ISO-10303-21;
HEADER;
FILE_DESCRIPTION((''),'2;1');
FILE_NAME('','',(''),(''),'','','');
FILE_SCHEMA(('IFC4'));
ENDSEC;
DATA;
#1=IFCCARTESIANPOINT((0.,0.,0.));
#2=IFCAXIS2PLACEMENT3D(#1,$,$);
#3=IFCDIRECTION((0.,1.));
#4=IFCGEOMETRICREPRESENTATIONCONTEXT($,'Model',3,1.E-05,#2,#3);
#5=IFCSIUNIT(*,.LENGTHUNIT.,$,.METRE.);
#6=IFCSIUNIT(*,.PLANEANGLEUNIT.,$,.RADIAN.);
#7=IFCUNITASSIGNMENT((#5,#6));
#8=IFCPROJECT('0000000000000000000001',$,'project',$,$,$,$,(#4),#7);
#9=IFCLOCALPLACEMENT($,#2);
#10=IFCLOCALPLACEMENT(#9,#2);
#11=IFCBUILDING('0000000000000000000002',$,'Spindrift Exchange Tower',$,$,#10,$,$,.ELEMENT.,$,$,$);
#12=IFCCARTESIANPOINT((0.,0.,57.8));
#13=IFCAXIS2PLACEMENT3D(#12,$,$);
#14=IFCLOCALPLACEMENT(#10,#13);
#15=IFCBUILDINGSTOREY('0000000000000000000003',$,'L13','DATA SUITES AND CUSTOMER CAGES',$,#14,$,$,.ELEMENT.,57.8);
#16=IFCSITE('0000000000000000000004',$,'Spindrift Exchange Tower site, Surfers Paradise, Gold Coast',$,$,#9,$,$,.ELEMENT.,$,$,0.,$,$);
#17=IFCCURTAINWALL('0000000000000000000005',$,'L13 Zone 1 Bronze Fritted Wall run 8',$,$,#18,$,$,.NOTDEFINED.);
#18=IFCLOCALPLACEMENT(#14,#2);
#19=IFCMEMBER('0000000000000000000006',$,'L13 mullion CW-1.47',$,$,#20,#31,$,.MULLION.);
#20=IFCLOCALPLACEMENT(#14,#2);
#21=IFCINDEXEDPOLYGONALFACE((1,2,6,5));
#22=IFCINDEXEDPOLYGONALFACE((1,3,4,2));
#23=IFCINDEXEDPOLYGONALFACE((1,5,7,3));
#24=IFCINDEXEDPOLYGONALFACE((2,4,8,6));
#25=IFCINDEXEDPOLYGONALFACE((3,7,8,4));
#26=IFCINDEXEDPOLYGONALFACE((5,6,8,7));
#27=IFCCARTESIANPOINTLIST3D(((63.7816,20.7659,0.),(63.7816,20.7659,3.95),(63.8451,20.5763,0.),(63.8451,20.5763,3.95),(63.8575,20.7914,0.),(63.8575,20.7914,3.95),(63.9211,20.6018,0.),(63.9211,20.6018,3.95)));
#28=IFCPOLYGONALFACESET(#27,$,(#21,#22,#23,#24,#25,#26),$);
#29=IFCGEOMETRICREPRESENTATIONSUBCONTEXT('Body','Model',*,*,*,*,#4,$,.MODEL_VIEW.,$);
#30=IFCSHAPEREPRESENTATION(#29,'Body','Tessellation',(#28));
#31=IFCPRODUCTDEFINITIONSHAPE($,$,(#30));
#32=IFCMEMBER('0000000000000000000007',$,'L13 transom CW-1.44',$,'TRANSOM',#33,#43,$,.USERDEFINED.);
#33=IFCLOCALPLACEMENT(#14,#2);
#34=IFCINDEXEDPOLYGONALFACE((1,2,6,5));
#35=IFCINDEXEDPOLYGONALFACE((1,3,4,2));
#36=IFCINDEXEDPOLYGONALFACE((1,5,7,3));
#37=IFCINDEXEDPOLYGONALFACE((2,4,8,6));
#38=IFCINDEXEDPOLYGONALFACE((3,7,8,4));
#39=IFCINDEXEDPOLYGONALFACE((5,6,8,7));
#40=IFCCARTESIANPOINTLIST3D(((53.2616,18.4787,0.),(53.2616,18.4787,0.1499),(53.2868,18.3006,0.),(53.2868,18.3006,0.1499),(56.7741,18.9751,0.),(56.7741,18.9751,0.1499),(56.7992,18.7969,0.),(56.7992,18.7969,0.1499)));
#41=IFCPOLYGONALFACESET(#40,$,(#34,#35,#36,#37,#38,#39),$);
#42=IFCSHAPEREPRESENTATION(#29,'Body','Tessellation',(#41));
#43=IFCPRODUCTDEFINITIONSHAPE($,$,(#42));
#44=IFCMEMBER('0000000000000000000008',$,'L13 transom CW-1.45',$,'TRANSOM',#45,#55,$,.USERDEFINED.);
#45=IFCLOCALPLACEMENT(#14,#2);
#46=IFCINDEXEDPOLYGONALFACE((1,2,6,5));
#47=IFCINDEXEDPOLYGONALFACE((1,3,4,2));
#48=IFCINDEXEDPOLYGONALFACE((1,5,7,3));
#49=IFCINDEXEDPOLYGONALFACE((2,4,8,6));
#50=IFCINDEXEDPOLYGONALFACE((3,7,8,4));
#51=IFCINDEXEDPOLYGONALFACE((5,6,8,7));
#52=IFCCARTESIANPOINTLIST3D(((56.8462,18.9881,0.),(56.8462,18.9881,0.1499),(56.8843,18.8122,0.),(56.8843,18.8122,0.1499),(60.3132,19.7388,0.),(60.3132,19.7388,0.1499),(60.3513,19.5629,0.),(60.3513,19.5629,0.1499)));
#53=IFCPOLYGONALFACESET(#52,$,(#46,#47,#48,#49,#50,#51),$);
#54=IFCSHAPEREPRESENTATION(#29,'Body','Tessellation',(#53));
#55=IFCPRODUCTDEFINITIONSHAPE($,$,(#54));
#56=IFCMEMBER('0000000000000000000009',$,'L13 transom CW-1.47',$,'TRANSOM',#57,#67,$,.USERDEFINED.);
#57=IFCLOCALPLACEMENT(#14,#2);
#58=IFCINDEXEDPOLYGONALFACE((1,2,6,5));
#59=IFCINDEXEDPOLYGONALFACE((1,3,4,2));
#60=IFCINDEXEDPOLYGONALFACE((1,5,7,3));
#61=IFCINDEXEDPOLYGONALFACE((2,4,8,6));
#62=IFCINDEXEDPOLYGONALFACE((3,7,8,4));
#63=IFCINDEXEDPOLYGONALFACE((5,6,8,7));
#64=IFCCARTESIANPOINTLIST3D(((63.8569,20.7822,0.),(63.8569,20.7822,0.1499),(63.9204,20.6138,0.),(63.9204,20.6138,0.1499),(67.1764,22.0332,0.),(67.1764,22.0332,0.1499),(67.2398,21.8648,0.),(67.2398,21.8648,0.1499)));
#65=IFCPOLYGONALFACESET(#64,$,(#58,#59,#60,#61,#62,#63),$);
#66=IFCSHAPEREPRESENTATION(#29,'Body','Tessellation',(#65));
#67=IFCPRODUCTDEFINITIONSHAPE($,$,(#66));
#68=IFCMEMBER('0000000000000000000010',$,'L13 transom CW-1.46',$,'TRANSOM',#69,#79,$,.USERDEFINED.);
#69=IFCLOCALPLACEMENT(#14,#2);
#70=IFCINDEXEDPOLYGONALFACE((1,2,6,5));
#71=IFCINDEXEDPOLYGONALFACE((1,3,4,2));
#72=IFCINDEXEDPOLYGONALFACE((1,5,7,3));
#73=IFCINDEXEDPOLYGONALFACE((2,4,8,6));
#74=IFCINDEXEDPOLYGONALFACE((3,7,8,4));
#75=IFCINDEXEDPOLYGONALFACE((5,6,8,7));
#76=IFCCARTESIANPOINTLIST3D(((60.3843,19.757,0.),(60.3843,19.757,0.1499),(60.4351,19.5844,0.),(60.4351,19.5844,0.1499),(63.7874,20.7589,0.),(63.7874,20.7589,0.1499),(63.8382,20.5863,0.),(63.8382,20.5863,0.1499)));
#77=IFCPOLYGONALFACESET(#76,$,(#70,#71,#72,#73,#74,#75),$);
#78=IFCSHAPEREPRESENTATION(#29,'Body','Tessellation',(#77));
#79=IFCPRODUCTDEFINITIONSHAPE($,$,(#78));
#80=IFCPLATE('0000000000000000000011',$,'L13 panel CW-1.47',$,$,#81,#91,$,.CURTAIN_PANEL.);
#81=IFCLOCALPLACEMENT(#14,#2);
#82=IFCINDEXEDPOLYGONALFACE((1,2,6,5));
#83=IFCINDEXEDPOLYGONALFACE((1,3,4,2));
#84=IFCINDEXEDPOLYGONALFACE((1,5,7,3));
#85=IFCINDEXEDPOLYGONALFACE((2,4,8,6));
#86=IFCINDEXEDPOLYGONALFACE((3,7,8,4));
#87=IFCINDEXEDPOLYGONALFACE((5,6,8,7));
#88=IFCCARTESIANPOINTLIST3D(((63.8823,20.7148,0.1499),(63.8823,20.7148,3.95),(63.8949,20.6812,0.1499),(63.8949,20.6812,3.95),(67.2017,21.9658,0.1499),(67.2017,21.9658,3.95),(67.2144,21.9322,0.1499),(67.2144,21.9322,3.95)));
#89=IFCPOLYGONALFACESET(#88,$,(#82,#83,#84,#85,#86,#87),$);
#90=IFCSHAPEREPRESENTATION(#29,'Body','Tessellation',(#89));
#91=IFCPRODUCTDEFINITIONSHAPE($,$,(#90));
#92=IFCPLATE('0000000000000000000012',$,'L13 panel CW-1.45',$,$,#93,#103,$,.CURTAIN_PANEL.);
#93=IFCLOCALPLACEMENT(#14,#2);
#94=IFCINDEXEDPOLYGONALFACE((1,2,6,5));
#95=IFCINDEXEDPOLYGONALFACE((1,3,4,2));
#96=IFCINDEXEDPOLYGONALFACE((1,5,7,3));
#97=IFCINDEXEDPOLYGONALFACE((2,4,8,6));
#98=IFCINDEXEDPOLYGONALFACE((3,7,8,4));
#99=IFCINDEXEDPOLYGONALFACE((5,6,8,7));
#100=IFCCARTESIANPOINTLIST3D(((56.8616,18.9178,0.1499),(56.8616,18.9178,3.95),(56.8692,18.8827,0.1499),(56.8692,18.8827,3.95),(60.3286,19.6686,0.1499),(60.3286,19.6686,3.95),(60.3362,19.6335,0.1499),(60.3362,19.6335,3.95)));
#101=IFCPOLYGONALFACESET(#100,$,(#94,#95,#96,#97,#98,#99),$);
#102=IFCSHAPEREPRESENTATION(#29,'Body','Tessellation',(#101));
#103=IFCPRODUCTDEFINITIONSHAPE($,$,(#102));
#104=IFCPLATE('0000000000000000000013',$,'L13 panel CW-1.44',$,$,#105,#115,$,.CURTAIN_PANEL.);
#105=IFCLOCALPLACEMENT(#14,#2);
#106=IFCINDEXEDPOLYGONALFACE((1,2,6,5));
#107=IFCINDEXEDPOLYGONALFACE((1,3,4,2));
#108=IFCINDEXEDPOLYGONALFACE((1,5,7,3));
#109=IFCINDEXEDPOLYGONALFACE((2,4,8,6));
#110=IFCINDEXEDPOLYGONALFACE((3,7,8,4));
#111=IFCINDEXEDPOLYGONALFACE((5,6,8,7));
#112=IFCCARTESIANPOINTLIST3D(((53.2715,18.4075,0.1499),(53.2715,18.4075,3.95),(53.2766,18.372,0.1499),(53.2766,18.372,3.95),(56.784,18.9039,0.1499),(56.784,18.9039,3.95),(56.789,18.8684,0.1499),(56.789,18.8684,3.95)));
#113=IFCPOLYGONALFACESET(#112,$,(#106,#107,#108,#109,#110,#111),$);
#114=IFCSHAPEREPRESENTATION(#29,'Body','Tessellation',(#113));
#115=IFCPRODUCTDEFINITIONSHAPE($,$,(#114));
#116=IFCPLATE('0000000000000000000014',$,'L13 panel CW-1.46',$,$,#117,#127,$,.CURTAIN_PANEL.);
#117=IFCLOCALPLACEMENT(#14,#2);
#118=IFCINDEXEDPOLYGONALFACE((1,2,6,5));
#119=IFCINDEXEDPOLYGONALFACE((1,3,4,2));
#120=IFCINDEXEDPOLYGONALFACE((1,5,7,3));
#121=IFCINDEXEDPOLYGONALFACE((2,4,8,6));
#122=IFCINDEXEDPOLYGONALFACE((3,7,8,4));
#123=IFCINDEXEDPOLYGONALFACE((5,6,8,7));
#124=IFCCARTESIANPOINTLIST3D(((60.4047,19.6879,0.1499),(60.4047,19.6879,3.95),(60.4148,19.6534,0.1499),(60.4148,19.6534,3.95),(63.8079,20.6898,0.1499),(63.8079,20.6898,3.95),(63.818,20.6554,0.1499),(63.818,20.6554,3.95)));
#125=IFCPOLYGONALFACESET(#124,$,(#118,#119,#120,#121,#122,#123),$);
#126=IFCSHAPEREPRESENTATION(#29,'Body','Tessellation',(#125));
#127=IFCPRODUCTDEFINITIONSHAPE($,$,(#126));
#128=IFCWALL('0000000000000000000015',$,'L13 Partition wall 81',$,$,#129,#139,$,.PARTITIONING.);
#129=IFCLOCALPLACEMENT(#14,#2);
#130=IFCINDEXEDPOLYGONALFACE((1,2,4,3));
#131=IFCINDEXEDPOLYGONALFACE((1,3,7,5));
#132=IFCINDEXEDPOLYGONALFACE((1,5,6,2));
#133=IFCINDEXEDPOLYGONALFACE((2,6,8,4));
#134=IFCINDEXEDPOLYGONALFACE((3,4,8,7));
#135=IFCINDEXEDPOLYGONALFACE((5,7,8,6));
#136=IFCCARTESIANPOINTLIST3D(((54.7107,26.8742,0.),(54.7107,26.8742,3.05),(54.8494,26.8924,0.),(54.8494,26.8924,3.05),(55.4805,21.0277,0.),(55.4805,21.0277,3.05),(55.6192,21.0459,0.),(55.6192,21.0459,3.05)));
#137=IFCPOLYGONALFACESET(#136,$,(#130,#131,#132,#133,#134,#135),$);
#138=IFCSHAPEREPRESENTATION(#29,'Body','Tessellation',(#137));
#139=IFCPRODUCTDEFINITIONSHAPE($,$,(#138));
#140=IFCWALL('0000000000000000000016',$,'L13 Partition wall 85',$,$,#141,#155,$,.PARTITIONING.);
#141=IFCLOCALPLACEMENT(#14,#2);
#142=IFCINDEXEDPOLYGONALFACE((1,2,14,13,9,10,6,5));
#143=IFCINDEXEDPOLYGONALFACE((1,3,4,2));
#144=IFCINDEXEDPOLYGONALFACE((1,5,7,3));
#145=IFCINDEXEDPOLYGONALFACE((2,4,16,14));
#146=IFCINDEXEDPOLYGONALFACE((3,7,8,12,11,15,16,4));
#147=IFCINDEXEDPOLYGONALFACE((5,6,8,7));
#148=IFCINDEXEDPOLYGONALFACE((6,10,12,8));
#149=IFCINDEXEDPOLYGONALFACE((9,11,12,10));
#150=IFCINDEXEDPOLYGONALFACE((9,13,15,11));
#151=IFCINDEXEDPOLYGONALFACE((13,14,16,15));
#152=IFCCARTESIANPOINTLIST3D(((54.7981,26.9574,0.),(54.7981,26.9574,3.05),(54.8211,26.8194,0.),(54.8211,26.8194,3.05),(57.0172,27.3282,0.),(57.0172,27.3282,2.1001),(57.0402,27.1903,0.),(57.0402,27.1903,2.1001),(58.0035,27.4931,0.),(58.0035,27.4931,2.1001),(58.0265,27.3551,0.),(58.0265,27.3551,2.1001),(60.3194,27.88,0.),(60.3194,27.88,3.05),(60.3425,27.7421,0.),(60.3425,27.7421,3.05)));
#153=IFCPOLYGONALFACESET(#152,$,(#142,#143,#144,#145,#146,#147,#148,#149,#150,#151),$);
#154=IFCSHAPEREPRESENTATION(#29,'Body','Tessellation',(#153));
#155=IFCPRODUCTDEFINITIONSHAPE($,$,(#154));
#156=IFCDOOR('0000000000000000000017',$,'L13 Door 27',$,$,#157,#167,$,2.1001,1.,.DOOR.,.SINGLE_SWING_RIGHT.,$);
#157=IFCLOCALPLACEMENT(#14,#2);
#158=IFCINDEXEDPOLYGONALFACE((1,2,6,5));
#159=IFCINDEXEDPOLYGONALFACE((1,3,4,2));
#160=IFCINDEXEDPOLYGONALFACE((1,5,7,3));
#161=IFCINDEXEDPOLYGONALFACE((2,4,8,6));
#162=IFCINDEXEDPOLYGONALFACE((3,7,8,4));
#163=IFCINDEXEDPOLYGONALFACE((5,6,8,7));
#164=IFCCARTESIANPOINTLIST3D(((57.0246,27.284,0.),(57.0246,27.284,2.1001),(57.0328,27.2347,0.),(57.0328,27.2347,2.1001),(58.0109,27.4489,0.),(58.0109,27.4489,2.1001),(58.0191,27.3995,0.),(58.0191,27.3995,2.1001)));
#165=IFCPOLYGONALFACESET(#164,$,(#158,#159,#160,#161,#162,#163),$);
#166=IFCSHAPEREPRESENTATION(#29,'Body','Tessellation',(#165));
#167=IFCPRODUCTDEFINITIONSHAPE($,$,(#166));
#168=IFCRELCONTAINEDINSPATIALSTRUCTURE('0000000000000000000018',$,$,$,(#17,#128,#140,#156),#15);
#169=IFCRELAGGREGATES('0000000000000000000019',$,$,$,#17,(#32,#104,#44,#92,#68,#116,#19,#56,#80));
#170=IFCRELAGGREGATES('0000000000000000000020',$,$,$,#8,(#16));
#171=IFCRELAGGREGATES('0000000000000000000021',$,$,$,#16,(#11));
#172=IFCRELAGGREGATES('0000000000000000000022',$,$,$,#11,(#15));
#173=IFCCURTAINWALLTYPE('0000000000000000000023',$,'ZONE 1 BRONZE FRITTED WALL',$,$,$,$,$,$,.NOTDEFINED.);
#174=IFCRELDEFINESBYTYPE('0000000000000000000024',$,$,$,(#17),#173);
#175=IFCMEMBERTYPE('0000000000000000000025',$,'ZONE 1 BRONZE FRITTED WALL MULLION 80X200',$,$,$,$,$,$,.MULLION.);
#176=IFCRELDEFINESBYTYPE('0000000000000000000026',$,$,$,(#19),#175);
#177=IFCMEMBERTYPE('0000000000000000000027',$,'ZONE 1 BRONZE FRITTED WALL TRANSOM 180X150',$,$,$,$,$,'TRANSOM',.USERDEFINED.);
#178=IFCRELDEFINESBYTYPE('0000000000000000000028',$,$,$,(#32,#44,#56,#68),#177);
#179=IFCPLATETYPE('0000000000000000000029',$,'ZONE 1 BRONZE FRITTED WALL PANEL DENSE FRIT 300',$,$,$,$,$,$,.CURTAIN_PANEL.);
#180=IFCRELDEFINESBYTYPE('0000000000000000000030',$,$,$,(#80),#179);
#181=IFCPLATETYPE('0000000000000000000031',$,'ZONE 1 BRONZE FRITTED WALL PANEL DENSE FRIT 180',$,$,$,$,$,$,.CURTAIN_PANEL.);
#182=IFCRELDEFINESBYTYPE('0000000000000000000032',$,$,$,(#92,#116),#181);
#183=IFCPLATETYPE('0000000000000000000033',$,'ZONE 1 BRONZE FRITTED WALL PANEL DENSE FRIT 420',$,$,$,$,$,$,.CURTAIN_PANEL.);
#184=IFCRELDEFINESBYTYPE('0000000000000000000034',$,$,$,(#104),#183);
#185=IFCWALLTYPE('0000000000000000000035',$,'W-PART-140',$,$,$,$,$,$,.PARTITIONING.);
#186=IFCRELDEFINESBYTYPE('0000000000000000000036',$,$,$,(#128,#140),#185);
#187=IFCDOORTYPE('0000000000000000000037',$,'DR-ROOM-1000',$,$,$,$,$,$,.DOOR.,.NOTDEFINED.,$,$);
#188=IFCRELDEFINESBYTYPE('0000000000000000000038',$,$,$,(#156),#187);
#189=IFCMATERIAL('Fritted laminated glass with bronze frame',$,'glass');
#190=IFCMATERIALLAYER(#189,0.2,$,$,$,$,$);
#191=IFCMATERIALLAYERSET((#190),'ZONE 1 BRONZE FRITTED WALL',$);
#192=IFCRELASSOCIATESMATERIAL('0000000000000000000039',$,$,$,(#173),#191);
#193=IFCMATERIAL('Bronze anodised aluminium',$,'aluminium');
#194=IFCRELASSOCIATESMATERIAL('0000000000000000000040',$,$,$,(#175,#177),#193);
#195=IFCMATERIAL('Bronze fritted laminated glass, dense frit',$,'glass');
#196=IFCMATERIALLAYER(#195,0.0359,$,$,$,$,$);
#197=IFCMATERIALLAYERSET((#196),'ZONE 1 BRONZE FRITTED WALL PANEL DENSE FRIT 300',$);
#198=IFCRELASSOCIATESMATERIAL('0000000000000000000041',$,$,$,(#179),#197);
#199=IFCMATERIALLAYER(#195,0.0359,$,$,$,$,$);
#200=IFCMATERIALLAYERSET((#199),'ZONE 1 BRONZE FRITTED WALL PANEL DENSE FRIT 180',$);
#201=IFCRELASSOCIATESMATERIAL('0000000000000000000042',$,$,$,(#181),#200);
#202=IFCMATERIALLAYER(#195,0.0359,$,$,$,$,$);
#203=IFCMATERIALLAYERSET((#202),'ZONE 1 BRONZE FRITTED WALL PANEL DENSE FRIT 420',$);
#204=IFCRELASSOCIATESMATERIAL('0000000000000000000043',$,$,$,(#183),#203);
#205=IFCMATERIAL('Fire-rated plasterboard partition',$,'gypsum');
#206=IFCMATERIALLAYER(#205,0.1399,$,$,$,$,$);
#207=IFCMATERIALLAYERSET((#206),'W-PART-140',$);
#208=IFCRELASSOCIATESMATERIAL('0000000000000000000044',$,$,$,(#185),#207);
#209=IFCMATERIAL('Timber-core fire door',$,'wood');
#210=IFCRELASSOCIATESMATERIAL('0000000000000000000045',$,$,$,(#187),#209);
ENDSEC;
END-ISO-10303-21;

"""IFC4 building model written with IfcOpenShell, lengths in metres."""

from ifc_helpers import new_model, si_unit, direction, frame, frame_2d, origin, origin_2d, place, context, subcontext, project, spatial, rectangle, extrude, source, transform, mapped, material, layer, layer_set, material_profile, profile_set, type_object, element, fill, aggregate, save


model = new_model("IFC4")

# Units and contexts
model_context = context("Model", 3, precision=1e-05, world=origin(), true_north=direction((0.0, 1.0)))
body_context = subcontext(model_context, "Body", "Model", "MODEL_VIEW")
ifc_project = project(units=[si_unit("LENGTHUNIT", "METRE"), si_unit("PLANEANGLEUNIT", "RADIAN")], contexts=[model_context])

# Site, building, storey
site_placement = place(None, origin())
site = spatial("IfcSite", under=ifc_project, at=site_placement, Name="Spindrift Exchange Tower site, Surfers Paradise, Gold Coast", CompositionType="ELEMENT", RefElevation=0.0)
building_placement = place(site_placement, origin())
building = spatial("IfcBuilding", under=site, at=building_placement, Name="Spindrift Exchange Tower", CompositionType="ELEMENT")
storey_placement = place(building_placement, frame((0.0, 0.0, 57.8)))
storey = spatial("IfcBuildingStorey", under=building, at=storey_placement, Name="L13", Description="DATA SUITES AND CUSTOMER CAGES", CompositionType="ELEMENT", Elevation=57.8)

# Curtain wall, members, plates
ifc_material_1 = material(Name="Fritted laminated glass with bronze frame", Category="glass")
ifc_layer_1 = layer(ifc_material_1, 0.2)
ifc_layer_set_1 = layer_set([ifc_layer_1], Name="ZONE 1 BRONZE FRITTED WALL")
curtain_wall_type = type_object("IfcCurtainWallType", Name="ZONE 1 BRONZE FRITTED WALL", PredefinedType="NOTDEFINED", material=ifc_layer_set_1)
curtain_wall_placement = place(storey_placement, origin())
curtain_wall = element("IfcCurtainWall", 1, at=curtain_wall_placement, inside=storey, type_object=curtain_wall_type, Name="L13 Zone 1 Bronze Fritted Wall run 8", PredefinedType="NOTDEFINED")
ifc_material_2 = material(Name="Bronze anodised aluminium", Category="aluminium")
ifc_material_profile_1 = material_profile(ifc_material_2, rectangle(XDim=0.0801, YDim=0.2, at=origin_2d()), Name="ZONE 1 BRONZE FRITTED WALL MULLION 80X200")
ifc_profile_set_1 = profile_set([ifc_material_profile_1], Name="Bronze anodised aluminium")
member_type_1 = type_object("IfcMemberType", Name="ZONE 1 BRONZE FRITTED WALL MULLION 80X200", PredefinedType="MULLION", material=ifc_profile_set_1)
shared_shape_1 = source(origin(), body_context, "Body", "SweptSolid", [
    extrude(rectangle(XDim=0.0801, YDim=0.2, at=origin_2d()), origin(), (0.0, 0.0, 1.0), 3.95),
])
member_1_placement = place(storey_placement, frame((63.8513, 20.6838, 0.0), z_axis=(0.0, 0.0, 1.0), x_axis=(0.948171, 0.317759, 0.0)))
member_1 = element("IfcMember", 2, at=member_1_placement, type_object=member_type_1, Name="L13 mullion CW-1.47", PredefinedType="MULLION", context=body_context, shape_type="MappedRepresentation", body=[
    mapped(shared_shape_1, transform((0.0, 0.0, 0.0), scale=1.0)),
])
ifc_material_profile_2 = material_profile(ifc_material_2, rectangle(XDim=0.1799, YDim=0.1499, at=origin_2d()), Name="ZONE 1 BRONZE FRITTED WALL TRANSOM 180X150")
ifc_profile_set_2 = profile_set([ifc_material_profile_2], Name="Bronze anodised aluminium")
member_type_2 = type_object("IfcMemberType", Name="ZONE 1 BRONZE FRITTED WALL TRANSOM 180X150", ElementType="TRANSOM", PredefinedType="USERDEFINED", material=ifc_profile_set_2)
shared_shape_2 = source(origin(), body_context, "Body", "SweptSolid", [
    extrude(rectangle(XDim=0.1799, YDim=0.1499, at=origin_2d()), origin(), (0.0, 0.0, 1.0), 3.5474),
])
member_2_placement = place(storey_placement, frame((53.2742, 18.3896, 0.075), z_axis=(0.990163, 0.139918, 0.0), x_axis=(-0.139918, 0.990163, 0.0)))
member_2 = element("IfcMember", 3, at=member_2_placement, type_object=member_type_2, Name="L13 transom CW-1.44", ObjectType="TRANSOM", PredefinedType="USERDEFINED", context=body_context, shape_type="MappedRepresentation", body=[
    mapped(shared_shape_2, transform((0.0, 0.0, 0.0), scale=1.0)),
])
member_3_placement = place(storey_placement, frame((56.8652, 18.9001, 0.075), z_axis=(0.97735, 0.21163, 0.0), x_axis=(-0.21163, 0.97735, 0.0)))
member_3 = element("IfcMember", 4, at=member_3_placement, type_object=member_type_2, Name="L13 transom CW-1.45", ObjectType="TRANSOM", PredefinedType="USERDEFINED", context=body_context, shape_type="MappedRepresentation", body=[
    mapped(shared_shape_2, transform((0.0, 0.0, 0.0), scale=1.0)),
])
member_4_placement = place(storey_placement, frame((63.8887, 20.698, 0.075), z_axis=(0.935751, 0.352662, 0.0), x_axis=(-0.352662, 0.935751, 0.0)))
member_4 = element("IfcMember", 5, at=member_4_placement, type_object=member_type_2, Name="L13 transom CW-1.47", ObjectType="TRANSOM", PredefinedType="USERDEFINED", context=body_context, shape_type="MappedRepresentation", body=[
    mapped(shared_shape_2, transform((0.0, 0.0, 0.0), scale=1.0)),
])
shared_shape_3 = source(origin(), body_context, "Body", "SweptSolid", [
    extrude(rectangle(XDim=0.1799, YDim=0.1499, at=origin_2d()), origin(), (0.0, 0.0, 1.0), 3.5476),
])
member_5_placement = place(storey_placement, frame((60.4097, 19.6707, 0.075), z_axis=(0.959285, 0.282438, 0.0), x_axis=(-0.282438, 0.959285, 0.0)))
member_5 = element("IfcMember", 6, at=member_5_placement, type_object=member_type_2, Name="L13 transom CW-1.46", ObjectType="TRANSOM", PredefinedType="USERDEFINED", context=body_context, shape_type="MappedRepresentation", body=[
    mapped(shared_shape_3, transform((0.0, 0.0, 0.0), scale=1.0)),
])
ifc_material_3 = material(Name="Bronze fritted laminated glass, dense frit", Category="glass")
ifc_layer_2 = layer(ifc_material_3, 0.0359)
ifc_layer_set_2 = layer_set([ifc_layer_2], Name="ZONE 1 BRONZE FRITTED WALL PANEL DENSE FRIT 300")
plate_type_1 = type_object("IfcPlateType", Name="ZONE 1 BRONZE FRITTED WALL PANEL DENSE FRIT 300", PredefinedType="CURTAIN_PANEL", material=ifc_layer_set_2)
shared_shape_4 = source(origin(), body_context, "Body", "SweptSolid", [
    extrude(rectangle(XDim=3.5474, YDim=0.0359, at=origin_2d()), origin(), (0.0, 0.0, 1.0), 3.8),
])
plate_1_placement = place(storey_placement, frame((65.5483, 21.3235, 0.1499), z_axis=(0.0, 0.0, 1.0), x_axis=(0.935753, 0.352655, 0.0)))
plate_1 = element("IfcPlate", 7, at=plate_1_placement, type_object=plate_type_1, Name="L13 panel CW-1.47", PredefinedType="CURTAIN_PANEL", context=body_context, shape_type="MappedRepresentation", body=[
    mapped(shared_shape_4, transform((0.0, 0.0, 0.0), scale=1.0)),
])
ifc_layer_3 = layer(ifc_material_3, 0.0359)
ifc_layer_set_3 = layer_set([ifc_layer_3], Name="ZONE 1 BRONZE FRITTED WALL PANEL DENSE FRIT 180")
plate_type_2 = type_object("IfcPlateType", Name="ZONE 1 BRONZE FRITTED WALL PANEL DENSE FRIT 180", PredefinedType="CURTAIN_PANEL", material=ifc_layer_set_3)
shared_shape_5 = source(origin(), body_context, "Body", "SweptSolid", [
    extrude(rectangle(XDim=3.5474, YDim=0.0359, at=origin_2d()), origin(), (0.0, 0.0, 1.0), 3.8),
])
plate_2_placement = place(storey_placement, frame((58.5989, 19.2756, 0.1499), z_axis=(0.0, 0.0, 1.0), x_axis=(0.977348, 0.21164, 0.0)))
plate_2 = element("IfcPlate", 8, at=plate_2_placement, type_object=plate_type_2, Name="L13 panel CW-1.45", PredefinedType="CURTAIN_PANEL", context=body_context, shape_type="MappedRepresentation", body=[
    mapped(shared_shape_5, transform((0.0, 0.0, 0.0), scale=1.0)),
])
ifc_layer_4 = layer(ifc_material_3, 0.0359)
ifc_layer_set_4 = layer_set([ifc_layer_4], Name="ZONE 1 BRONZE FRITTED WALL PANEL DENSE FRIT 420")
plate_type_3 = type_object("IfcPlateType", Name="ZONE 1 BRONZE FRITTED WALL PANEL DENSE FRIT 420", PredefinedType="CURTAIN_PANEL", material=ifc_layer_set_4)
shared_shape_6 = source(origin(), body_context, "Body", "SweptSolid", [
    extrude(rectangle(XDim=3.5474, YDim=0.0359, at=origin_2d()), origin(), (0.0, 0.0, 1.0), 3.8),
])
plate_3_placement = place(storey_placement, frame((55.0303, 18.6379, 0.1499), z_axis=(0.0, 0.0, 1.0), x_axis=(0.990161, 0.139935, 0.0)))
plate_3 = element("IfcPlate", 9, at=plate_3_placement, type_object=plate_type_3, Name="L13 panel CW-1.44", PredefinedType="CURTAIN_PANEL", context=body_context, shape_type="MappedRepresentation", body=[
    mapped(shared_shape_6, transform((0.0, 0.0, 0.0), scale=1.0)),
])
shared_shape_7 = source(origin(), body_context, "Body", "SweptSolid", [
    extrude(rectangle(XDim=3.5476, YDim=0.0359, at=origin_2d()), origin(), (0.0, 0.0, 1.0), 3.8),
])
plate_4_placement = place(storey_placement, frame((62.1113, 20.1716, 0.1499), z_axis=(0.0, 0.0, 1.0), x_axis=(0.959289, 0.282427, 0.0)))
plate_4 = element("IfcPlate", 10, at=plate_4_placement, type_object=plate_type_2, Name="L13 panel CW-1.46", PredefinedType="CURTAIN_PANEL", context=body_context, shape_type="MappedRepresentation", body=[
    mapped(shared_shape_7, transform((0.0, 0.0, 0.0), scale=1.0)),
])
aggregate(curtain_wall, [member_2, plate_3, member_3, plate_2, member_5, plate_4, member_1, member_4, plate_1])

# Wall
ifc_material_4 = material(Name="Fire-rated plasterboard partition", Category="gypsum")
ifc_layer_5 = layer(ifc_material_4, 0.1399)
ifc_layer_set_5 = layer_set([ifc_layer_5], Name="W-PART-140")
wall_type = type_object("IfcWallType", Name="W-PART-140", PredefinedType="PARTITIONING", material=ifc_layer_set_5)
wall_1_placement = place(storey_placement, frame((54.78, 26.8833, 0.0), z_axis=(0.0, 0.0, 1.0), x_axis=(0.130539, -0.991443, 0.0)))
element("IfcWall", 11, at=wall_1_placement, inside=storey, type_object=wall_type, Name="L13 Partition wall 81", PredefinedType="PARTITIONING", context=body_context, shape_type="SweptSolid", body=[
    extrude(rectangle(XDim=5.897, YDim=0.1399, at=frame_2d((2.9485, 0.0))), origin(), (0.0, 0.0, 1.0), 3.05),
])

# Wall, opening, door
wall_2_placement = place(storey_placement, frame((60.3308, 27.811, 0.0), z_axis=(0.0, 0.0, 1.0), x_axis=(-0.986324, -0.164816, 0.0)))
wall_2 = element("IfcWall", 12, at=wall_2_placement, inside=storey, type_object=wall_type, Name="L13 Partition wall 85", PredefinedType="PARTITIONING", context=body_context, shape_type="SweptSolid", body=[
    extrude(rectangle(XDim=5.5979, YDim=0.1399, at=frame_2d((2.7988, 0.0))), origin(), (0.0, 0.0, 1.0), 3.05),
])
opening_placement = place(wall_2_placement, frame((2.3479, 0.0, 0.0)))
opening = element("IfcOpeningElement", 13, at=opening_placement, cuts=wall_2, PredefinedType="OPENING", context=body_context, shape_type="SweptSolid", body=[
    extrude(rectangle(XDim=1.0, YDim=2.1001, at=frame_2d((0.5, 1.05))), frame((0.0, 0.0798, 0.0), z_axis=(0.0, -1.0, 0.0), x_axis=(1.0, 0.0, 0.0)), (0.0, 0.0, 1.0), 0.1599),
])
ifc_material_5 = material(Name="Timber-core fire door", Category="wood")
door_type = type_object("IfcDoorType", Name="DR-ROOM-1000", OperationType="NOTDEFINED", PredefinedType="DOOR", material=ifc_material_5)
shared_shape_8 = source(origin(), body_context, "Body", "SweptSolid", [
    extrude(rectangle(XDim=1.0, YDim=2.1001, at=frame_2d((0.5, 1.05))), frame((0.0, 0.0249, 0.0), z_axis=(0.0, -1.0, 0.0), x_axis=(1.0, 0.0, 0.0)), (0.0, 0.0, 1.0), 0.05),
])
door_placement = place(opening_placement, origin())
door = element("IfcDoor", 14, at=door_placement, inside=storey, type_object=door_type, Name="L13 Door 27", OperationType="SINGLE_SWING_RIGHT", OverallHeight=2.1001, OverallWidth=1.0, PredefinedType="DOOR", context=body_context, shape_type="MappedRepresentation", body=[
    mapped(shared_shape_8, transform((0.0, 0.0, 0.0), scale=1.0)),
])
fill(opening, door)

save(model, "model.ifc")
